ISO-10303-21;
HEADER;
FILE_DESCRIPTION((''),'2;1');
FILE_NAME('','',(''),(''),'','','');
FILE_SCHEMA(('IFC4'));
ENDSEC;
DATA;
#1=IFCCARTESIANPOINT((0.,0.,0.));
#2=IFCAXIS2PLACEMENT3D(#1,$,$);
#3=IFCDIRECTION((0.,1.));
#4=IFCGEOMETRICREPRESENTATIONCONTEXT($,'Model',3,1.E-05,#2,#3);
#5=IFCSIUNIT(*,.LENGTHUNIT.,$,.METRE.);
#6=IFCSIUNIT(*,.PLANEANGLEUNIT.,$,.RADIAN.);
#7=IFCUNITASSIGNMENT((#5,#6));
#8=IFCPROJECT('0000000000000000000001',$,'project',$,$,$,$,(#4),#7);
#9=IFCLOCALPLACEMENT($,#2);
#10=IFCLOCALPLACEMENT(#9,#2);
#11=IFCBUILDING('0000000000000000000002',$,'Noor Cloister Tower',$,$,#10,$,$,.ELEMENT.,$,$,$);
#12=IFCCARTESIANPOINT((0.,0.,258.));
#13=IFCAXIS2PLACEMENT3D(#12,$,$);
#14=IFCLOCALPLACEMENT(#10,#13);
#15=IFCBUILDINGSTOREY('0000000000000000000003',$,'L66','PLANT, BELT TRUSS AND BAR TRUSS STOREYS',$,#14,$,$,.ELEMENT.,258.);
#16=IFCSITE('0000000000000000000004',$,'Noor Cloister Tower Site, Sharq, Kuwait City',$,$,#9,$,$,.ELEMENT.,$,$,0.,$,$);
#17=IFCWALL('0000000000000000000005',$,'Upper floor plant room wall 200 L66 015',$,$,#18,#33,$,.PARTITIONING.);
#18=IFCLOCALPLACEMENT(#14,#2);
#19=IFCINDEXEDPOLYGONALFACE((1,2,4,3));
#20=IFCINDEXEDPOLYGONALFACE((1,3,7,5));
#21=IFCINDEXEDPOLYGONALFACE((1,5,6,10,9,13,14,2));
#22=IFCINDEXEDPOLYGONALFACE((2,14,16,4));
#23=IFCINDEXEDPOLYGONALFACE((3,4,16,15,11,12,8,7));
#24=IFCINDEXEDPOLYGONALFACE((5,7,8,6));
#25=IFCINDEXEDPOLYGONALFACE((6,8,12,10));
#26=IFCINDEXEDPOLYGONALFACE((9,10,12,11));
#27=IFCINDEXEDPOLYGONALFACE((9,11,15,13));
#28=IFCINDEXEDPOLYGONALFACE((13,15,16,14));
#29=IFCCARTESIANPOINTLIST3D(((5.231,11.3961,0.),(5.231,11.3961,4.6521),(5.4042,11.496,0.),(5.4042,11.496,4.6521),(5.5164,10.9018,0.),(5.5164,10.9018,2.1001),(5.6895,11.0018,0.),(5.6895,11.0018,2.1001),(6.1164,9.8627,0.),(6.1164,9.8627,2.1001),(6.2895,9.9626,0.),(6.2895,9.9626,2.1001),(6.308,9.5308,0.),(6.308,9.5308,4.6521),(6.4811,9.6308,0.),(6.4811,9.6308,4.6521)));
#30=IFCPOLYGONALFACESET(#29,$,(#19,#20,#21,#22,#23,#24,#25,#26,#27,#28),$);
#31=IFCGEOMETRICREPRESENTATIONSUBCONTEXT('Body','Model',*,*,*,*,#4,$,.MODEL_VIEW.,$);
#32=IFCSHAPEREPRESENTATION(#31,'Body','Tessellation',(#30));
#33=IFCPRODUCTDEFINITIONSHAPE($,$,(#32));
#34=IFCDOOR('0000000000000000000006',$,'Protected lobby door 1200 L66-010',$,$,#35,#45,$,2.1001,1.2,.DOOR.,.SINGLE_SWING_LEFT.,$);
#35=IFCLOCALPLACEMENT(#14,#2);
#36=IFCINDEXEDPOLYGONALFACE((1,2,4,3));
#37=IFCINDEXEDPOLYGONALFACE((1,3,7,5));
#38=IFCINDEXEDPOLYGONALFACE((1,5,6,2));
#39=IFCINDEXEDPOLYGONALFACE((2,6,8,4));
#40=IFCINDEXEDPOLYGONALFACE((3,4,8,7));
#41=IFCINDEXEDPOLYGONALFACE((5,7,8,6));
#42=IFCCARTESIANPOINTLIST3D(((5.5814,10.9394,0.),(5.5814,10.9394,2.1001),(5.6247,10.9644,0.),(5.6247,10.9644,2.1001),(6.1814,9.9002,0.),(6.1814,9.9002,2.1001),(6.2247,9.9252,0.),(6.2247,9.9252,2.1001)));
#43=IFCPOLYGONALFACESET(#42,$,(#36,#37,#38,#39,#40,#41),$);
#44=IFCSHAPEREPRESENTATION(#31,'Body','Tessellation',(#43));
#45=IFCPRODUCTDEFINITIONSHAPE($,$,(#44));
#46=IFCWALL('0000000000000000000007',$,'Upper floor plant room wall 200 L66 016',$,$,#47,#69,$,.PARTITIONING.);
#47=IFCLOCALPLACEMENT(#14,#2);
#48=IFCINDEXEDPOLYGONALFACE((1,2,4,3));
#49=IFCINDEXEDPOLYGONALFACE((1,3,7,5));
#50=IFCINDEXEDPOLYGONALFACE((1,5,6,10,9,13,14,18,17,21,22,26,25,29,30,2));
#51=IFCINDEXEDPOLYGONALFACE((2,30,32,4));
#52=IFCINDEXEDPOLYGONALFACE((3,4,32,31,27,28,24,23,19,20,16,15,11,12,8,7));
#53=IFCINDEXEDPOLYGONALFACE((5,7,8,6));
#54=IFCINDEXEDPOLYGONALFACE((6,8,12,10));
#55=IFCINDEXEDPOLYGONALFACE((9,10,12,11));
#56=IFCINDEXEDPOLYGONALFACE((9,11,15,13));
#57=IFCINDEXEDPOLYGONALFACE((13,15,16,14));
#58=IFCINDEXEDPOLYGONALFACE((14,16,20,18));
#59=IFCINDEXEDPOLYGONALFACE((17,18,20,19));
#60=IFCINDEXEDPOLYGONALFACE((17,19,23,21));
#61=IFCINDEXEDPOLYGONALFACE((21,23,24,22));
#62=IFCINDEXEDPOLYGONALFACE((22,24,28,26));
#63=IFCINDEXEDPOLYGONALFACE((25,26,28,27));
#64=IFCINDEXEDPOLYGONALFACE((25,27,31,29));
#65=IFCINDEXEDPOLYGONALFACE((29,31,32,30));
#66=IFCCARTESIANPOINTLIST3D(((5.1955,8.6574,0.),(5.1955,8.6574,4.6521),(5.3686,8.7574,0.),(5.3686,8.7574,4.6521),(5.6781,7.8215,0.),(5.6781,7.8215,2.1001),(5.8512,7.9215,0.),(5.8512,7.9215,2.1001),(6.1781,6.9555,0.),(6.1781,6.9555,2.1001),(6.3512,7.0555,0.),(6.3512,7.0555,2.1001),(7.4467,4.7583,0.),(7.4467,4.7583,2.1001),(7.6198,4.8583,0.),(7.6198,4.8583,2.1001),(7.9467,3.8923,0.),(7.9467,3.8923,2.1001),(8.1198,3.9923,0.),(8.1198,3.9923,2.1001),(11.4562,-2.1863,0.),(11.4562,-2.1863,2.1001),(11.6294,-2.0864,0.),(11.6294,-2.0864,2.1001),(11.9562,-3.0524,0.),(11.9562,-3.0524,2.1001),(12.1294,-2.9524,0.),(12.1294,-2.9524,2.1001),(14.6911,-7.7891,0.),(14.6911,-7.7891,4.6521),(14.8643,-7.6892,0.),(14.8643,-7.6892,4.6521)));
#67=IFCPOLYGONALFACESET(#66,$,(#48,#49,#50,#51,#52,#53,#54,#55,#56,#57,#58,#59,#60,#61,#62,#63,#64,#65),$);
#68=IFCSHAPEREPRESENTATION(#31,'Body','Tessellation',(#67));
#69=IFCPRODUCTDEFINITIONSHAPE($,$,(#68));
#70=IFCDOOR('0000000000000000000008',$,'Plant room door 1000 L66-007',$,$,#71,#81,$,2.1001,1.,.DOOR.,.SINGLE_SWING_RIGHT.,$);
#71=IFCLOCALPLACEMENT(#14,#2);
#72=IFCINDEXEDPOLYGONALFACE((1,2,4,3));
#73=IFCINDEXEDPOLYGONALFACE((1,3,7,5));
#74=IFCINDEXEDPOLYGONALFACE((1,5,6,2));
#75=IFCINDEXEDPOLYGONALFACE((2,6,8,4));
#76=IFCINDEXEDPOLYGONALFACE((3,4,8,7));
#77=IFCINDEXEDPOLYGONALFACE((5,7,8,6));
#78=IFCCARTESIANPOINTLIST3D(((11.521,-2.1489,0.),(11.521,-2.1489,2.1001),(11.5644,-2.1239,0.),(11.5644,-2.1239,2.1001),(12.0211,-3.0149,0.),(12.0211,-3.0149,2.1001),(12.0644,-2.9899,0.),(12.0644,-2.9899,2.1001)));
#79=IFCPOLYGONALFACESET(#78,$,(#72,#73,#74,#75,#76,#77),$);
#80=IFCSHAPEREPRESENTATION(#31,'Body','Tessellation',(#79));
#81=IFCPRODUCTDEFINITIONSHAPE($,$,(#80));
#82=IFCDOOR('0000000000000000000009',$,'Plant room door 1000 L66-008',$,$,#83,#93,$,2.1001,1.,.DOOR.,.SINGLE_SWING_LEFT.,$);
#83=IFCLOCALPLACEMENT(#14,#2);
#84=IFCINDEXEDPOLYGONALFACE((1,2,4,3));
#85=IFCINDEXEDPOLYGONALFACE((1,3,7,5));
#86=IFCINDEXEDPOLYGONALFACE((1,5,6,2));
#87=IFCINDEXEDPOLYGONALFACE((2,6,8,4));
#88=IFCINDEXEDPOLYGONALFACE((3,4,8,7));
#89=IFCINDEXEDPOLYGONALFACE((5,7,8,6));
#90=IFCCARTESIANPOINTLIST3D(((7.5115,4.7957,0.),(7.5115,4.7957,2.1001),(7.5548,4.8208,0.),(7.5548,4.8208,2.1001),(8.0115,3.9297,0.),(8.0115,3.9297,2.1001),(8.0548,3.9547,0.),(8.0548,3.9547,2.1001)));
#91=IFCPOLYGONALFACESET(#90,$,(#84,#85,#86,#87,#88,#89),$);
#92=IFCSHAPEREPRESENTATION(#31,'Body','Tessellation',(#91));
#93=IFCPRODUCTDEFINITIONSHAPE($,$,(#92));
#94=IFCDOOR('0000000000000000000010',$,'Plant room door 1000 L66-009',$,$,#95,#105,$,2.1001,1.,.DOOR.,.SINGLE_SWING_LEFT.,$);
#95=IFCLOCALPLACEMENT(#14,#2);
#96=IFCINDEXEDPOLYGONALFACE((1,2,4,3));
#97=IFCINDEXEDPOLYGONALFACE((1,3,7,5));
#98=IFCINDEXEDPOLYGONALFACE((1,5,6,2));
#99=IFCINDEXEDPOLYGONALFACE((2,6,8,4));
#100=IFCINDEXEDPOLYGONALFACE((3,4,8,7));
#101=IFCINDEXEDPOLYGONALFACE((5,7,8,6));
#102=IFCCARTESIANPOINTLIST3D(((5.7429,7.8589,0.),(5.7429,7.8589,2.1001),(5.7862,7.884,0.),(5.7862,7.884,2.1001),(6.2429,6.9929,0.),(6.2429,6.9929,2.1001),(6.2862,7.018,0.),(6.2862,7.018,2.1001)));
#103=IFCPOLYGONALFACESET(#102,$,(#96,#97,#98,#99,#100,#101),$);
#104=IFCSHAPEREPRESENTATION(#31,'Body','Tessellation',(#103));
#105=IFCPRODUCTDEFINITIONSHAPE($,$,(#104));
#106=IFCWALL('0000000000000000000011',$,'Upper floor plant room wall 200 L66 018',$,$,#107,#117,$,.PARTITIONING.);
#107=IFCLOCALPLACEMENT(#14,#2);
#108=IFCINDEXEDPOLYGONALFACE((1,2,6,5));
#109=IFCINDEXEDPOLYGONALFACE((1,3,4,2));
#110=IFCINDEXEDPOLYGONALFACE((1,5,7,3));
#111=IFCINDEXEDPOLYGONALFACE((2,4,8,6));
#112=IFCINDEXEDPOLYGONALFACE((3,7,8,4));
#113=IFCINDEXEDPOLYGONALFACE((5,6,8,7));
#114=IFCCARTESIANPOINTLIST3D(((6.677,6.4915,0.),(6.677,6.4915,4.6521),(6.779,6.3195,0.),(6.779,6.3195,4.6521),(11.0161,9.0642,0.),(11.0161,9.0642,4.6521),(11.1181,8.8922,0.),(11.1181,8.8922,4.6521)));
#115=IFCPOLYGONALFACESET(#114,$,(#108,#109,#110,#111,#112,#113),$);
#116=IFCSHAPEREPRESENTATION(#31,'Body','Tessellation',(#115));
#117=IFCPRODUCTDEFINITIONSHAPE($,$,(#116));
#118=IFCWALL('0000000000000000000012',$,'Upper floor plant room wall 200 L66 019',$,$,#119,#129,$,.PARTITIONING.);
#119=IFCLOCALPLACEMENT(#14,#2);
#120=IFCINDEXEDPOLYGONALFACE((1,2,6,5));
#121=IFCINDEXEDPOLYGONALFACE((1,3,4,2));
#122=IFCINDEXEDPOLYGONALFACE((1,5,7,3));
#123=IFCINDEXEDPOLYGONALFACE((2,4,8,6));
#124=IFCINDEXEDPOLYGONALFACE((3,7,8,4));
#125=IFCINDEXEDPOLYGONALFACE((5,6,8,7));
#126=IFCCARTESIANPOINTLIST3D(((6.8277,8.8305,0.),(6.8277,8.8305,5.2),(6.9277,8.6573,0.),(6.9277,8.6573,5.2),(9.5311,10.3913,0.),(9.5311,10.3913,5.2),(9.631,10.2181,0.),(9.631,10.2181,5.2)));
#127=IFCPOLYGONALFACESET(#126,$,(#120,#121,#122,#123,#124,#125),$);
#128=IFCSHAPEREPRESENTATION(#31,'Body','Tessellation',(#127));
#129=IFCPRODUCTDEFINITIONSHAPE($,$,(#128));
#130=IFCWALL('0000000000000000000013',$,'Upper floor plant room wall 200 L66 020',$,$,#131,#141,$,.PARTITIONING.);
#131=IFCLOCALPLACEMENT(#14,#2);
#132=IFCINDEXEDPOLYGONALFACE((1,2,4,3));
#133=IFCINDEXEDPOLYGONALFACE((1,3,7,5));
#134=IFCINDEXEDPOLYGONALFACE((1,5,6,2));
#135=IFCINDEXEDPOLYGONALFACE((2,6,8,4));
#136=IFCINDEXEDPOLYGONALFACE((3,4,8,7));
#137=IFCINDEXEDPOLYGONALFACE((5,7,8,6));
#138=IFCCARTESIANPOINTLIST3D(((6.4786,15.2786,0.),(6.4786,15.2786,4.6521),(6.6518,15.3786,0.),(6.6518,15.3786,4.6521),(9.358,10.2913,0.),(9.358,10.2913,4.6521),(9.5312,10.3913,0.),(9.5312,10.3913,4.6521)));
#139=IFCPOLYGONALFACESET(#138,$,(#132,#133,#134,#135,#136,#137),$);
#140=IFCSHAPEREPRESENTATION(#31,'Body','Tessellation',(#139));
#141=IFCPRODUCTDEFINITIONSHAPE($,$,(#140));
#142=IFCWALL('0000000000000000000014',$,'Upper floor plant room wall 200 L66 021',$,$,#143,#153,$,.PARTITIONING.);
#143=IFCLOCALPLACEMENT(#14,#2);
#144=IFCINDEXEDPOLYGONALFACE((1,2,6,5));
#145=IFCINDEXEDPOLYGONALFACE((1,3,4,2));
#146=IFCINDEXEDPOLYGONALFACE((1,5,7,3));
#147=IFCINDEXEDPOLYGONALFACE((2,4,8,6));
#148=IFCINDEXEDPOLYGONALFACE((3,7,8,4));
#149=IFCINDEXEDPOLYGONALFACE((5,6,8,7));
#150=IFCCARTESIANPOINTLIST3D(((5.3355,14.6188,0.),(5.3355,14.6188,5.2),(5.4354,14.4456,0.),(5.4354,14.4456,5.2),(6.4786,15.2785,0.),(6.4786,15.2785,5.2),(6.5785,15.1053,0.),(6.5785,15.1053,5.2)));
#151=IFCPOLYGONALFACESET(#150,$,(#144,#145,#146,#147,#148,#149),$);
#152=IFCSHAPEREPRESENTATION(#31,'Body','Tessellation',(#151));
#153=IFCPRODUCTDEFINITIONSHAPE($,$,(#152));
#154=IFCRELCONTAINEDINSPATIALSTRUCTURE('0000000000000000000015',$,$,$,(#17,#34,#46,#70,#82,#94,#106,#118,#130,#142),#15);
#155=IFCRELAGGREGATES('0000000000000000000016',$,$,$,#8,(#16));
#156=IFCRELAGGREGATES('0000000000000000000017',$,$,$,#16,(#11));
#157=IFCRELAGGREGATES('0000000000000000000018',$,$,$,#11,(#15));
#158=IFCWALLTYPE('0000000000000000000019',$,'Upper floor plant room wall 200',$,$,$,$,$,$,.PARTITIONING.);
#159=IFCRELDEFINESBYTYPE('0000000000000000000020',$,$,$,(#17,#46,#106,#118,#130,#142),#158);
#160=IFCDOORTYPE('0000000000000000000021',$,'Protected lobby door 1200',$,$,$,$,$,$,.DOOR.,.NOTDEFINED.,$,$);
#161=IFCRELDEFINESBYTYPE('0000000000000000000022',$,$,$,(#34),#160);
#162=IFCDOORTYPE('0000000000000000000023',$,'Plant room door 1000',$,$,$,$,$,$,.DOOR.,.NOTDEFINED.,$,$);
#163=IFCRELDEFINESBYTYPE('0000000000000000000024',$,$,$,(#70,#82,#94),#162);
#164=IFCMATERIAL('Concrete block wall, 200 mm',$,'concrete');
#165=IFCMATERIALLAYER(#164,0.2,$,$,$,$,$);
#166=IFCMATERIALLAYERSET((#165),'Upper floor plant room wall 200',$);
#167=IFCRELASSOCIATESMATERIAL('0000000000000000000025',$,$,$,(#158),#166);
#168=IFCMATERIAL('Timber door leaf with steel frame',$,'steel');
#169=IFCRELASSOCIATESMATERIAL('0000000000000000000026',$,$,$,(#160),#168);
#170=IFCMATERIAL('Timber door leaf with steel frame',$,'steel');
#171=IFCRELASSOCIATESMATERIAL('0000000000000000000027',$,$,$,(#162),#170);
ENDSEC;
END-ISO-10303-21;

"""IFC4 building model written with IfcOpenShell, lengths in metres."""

from ifc_helpers import new_model, si_unit, direction, frame, frame_2d, origin, place, context, subcontext, project, spatial, rectangle, extrude, material, layer, layer_set, type_object, element, fill, save


model = new_model("IFC4")

# Units and contexts
model_context = context("Model", 3, precision=1e-05, world=origin(), true_north=direction((0.0, 1.0)))
body_context = subcontext(model_context, "Body", "Model", "MODEL_VIEW")
ifc_project = project(units=[si_unit("LENGTHUNIT", "METRE"), si_unit("PLANEANGLEUNIT", "RADIAN")], contexts=[model_context])

# Site, building, storey
site_placement = place(None, origin())
site = spatial("IfcSite", under=ifc_project, at=site_placement, Name="Noor Cloister Tower Site, Sharq, Kuwait City", CompositionType="ELEMENT", RefElevation=0.0)
building_placement = place(site_placement, origin())
building = spatial("IfcBuilding", under=site, at=building_placement, Name="Noor Cloister Tower", CompositionType="ELEMENT")
storey_placement = place(building_placement, frame((0.0, 0.0, 258.0)))
storey = spatial("IfcBuildingStorey", under=building, at=storey_placement, Name="L66", Description="PLANT, BELT TRUSS AND BAR TRUSS STOREYS", CompositionType="ELEMENT", Elevation=258.0)

# Shared definitions
ifc_material_1 = material(Name="Concrete block wall, 200 mm", Category="concrete")
ifc_layer_1 = layer(ifc_material_1, 0.2)
ifc_layer_set_1 = layer_set([ifc_layer_1], Name="Upper floor plant room wall 200")
wall_type_1 = type_object("IfcWallType", Name="Upper floor plant room wall 200", PredefinedType="PARTITIONING", material=ifc_layer_set_1)

# Wall, opening, door
wall_1_placement = place(storey_placement, frame((6.3945, 9.5808, 0.0), z_axis=(0.0, 0.0, 1.0), x_axis=(-0.500004, 0.866023, 0.0)))
wall_1 = element("IfcWall", 1, at=wall_1_placement, inside=storey, type_object=wall_type_1, Name="Upper floor plant room wall 200 L66 015", PredefinedType="PARTITIONING", context=body_context, shape_type="SweptSolid", body=[
    extrude(rectangle(XDim=2.1538, YDim=0.2, at=frame_2d((1.0769, 0.0))), origin(), (0.0, 0.0, 1.0), 4.6521),
])
opening_1_placement = place(wall_1_placement, frame((0.3831, 0.0, 0.0)))
opening_1 = element("IfcOpeningElement", 2, at=opening_1_placement, cuts=wall_1, PredefinedType="OPENING", context=body_context, shape_type="SweptSolid", body=[
    extrude(rectangle(XDim=1.2, YDim=2.1001, at=frame_2d((0.6001, 1.05))), frame((0.0, 0.1099, 0.0), z_axis=(0.0, -1.0, 0.0), x_axis=(1.0, 0.0, 0.0)), (0.0, 0.0, 1.0), 0.22),
])
ifc_material_2 = material(Name="Timber door leaf with steel frame", Category="steel")
door_type_1 = type_object("IfcDoorType", Name="Protected lobby door 1200", OperationType="NOTDEFINED", PredefinedType="DOOR", material=ifc_material_2)
door_1_placement = place(opening_1_placement, origin())
door_1 = element("IfcDoor", 3, at=door_1_placement, inside=storey, type_object=door_type_1, Name="Protected lobby door 1200 L66-010", OperationType="SINGLE_SWING_LEFT", OverallHeight=2.1001, OverallWidth=1.2, PredefinedType="DOOR", context=body_context, shape_type="SweptSolid", body=[
    extrude(rectangle(XDim=1.2, YDim=2.1001, at=frame_2d((0.6001, 1.05))), frame((0.0, 0.0249, 0.0), z_axis=(0.0, -1.0, 0.0), x_axis=(1.0, 0.0, 0.0)), (0.0, 0.0, 1.0), 0.05),
])
fill(opening_1, door_1)

# Wall, openings, doors
wall_2_placement = place(storey_placement, frame((5.282, 8.7075, 0.0), z_axis=(0.0, 0.0, 1.0), x_axis=(0.500008, -0.866021, 0.0)))
wall_2 = element("IfcWall", 4, at=wall_2_placement, inside=storey, type_object=wall_type_1, Name="Upper floor plant room wall 200 L66 016", PredefinedType="PARTITIONING", context=body_context, shape_type="SweptSolid", body=[
    extrude(rectangle(XDim=18.991, YDim=0.2, at=frame_2d((9.4956, 0.0))), origin(), (0.0, 0.0, 1.0), 4.6521),
])
opening_2_placement = place(wall_2_placement, frame((12.5215, 0.0, 0.0)))
opening_2 = element("IfcOpeningElement", 5, at=opening_2_placement, cuts=wall_2, PredefinedType="OPENING", context=body_context, shape_type="SweptSolid", body=[
    extrude(rectangle(XDim=1.0, YDim=2.1001, at=frame_2d((0.5, 1.05))), frame((0.0, 0.1099, 0.0), z_axis=(0.0, -1.0, 0.0), x_axis=(1.0, 0.0, 0.0)), (0.0, 0.0, 1.0), 0.22),
])
opening_3_placement = place(wall_2_placement, frame((4.5024, 0.0, 0.0)))
opening_3 = element("IfcOpeningElement", 6, at=opening_3_placement, cuts=wall_2, PredefinedType="OPENING", context=body_context, shape_type="SweptSolid", body=[
    extrude(rectangle(XDim=1.0, YDim=2.1001, at=frame_2d((0.5, 1.05))), frame((0.0, 0.1099, 0.0), z_axis=(0.0, -1.0, 0.0), x_axis=(1.0, 0.0, 0.0)), (0.0, 0.0, 1.0), 0.22),
])
opening_4_placement = place(wall_2_placement, frame((0.9653, 0.0, 0.0)))
opening_4 = element("IfcOpeningElement", 7, at=opening_4_placement, cuts=wall_2, PredefinedType="OPENING", context=body_context, shape_type="SweptSolid", body=[
    extrude(rectangle(XDim=1.0, YDim=2.1001, at=frame_2d((0.5, 1.05))), frame((0.0, 0.1099, 0.0), z_axis=(0.0, -1.0, 0.0), x_axis=(1.0, 0.0, 0.0)), (0.0, 0.0, 1.0), 0.22),
])
ifc_material_3 = material(Name="Timber door leaf with steel frame", Category="steel")
door_type_2 = type_object("IfcDoorType", Name="Plant room door 1000", OperationType="NOTDEFINED", PredefinedType="DOOR", material=ifc_material_3)
door_2_placement = place(opening_2_placement, origin())
door_2 = element("IfcDoor", 8, at=door_2_placement, inside=storey, type_object=door_type_2, Name="Plant room door 1000 L66-007", OperationType="SINGLE_SWING_RIGHT", OverallHeight=2.1001, OverallWidth=1.0, PredefinedType="DOOR", context=body_context, shape_type="SweptSolid", body=[
    extrude(rectangle(XDim=1.0, YDim=2.1001, at=frame_2d((0.5, 1.05))), frame((0.0, 0.0249, 0.0), z_axis=(0.0, -1.0, 0.0), x_axis=(1.0, 0.0, 0.0)), (0.0, 0.0, 1.0), 0.05),
])
fill(opening_2, door_2)
door_3_placement = place(opening_3_placement, origin())
door_3 = element("IfcDoor", 9, at=door_3_placement, inside=storey, type_object=door_type_2, Name="Plant room door 1000 L66-008", OperationType="SINGLE_SWING_LEFT", OverallHeight=2.1001, OverallWidth=1.0, PredefinedType="DOOR", context=body_context, shape_type="SweptSolid", body=[
    extrude(rectangle(XDim=1.0, YDim=2.1001, at=frame_2d((0.5, 1.05))), frame((0.0, 0.0249, 0.0), z_axis=(0.0, -1.0, 0.0), x_axis=(1.0, 0.0, 0.0)), (0.0, 0.0, 1.0), 0.05),
])
fill(opening_3, door_3)
door_4_placement = place(opening_4_placement, origin())
door_4 = element("IfcDoor", 10, at=door_4_placement, inside=storey, type_object=door_type_2, Name="Plant room door 1000 L66-009", OperationType="SINGLE_SWING_LEFT", OverallHeight=2.1001, OverallWidth=1.0, PredefinedType="DOOR", context=body_context, shape_type="SweptSolid", body=[
    extrude(rectangle(XDim=1.0, YDim=2.1001, at=frame_2d((0.5, 1.05))), frame((0.0, 0.0249, 0.0), z_axis=(0.0, -1.0, 0.0), x_axis=(1.0, 0.0, 0.0)), (0.0, 0.0, 1.0), 0.05),
])
fill(opening_4, door_4)

# Walls
wall_3_placement = place(storey_placement, frame((6.728, 6.4055, 0.0), z_axis=(0.0, 0.0, 1.0), x_axis=(0.860167, 0.510012, 0.0)))
element("IfcWall", 11, at=wall_3_placement, inside=storey, type_object=wall_type_1, Name="Upper floor plant room wall 200 L66 018", PredefinedType="PARTITIONING", context=body_context, shape_type="SweptSolid", body=[
    extrude(rectangle(XDim=5.0444, YDim=0.2, at=frame_2d((2.5222, 0.0))), origin(), (0.0, 0.0, 1.0), 4.6521),
])
wall_4_placement = place(storey_placement, frame((6.8777, 8.7439, 0.0), z_axis=(0.0, 0.0, 1.0), x_axis=(0.866025, 0.5, 0.0)))
element("IfcWall", 12, at=wall_4_placement, inside=storey, type_object=wall_type_1, Name="Upper floor plant room wall 200 L66 019", PredefinedType="PARTITIONING", context=body_context, shape_type="SweptSolid", body=[
    extrude(rectangle(XDim=3.1216, YDim=0.2, at=frame_2d((1.5608, 0.0))), origin(), (0.0, 0.0, 1.0), 5.2),
])
wall_5_placement = place(storey_placement, frame((9.4446, 10.3413, 0.0), z_axis=(0.0, 0.0, 1.0), x_axis=(-0.499996, 0.866027, 0.0)))
element("IfcWall", 13, at=wall_5_placement, inside=storey, type_object=wall_type_1, Name="Upper floor plant room wall 200 L66 020", PredefinedType="PARTITIONING", context=body_context, shape_type="SweptSolid", body=[
    extrude(rectangle(XDim=5.7588, YDim=0.2, at=frame_2d((2.8794, 0.0))), origin(), (0.0, 0.0, 1.0), 4.6521),
])
wall_6_placement = place(storey_placement, frame((6.5286, 15.1919, 0.0), z_axis=(0.0, 0.0, 1.0), x_axis=(-0.866118, -0.49984, 0.0)))
element("IfcWall", 14, at=wall_6_placement, inside=storey, type_object=wall_type_1, Name="Upper floor plant room wall 200 L66 021", PredefinedType="PARTITIONING", context=body_context, shape_type="SweptSolid", body=[
    extrude(rectangle(XDim=1.3198, YDim=0.2, at=frame_2d((0.6599, 0.0))), origin(), (0.0, 0.0, 1.0), 5.2),
])

save(model, "model.ifc")
